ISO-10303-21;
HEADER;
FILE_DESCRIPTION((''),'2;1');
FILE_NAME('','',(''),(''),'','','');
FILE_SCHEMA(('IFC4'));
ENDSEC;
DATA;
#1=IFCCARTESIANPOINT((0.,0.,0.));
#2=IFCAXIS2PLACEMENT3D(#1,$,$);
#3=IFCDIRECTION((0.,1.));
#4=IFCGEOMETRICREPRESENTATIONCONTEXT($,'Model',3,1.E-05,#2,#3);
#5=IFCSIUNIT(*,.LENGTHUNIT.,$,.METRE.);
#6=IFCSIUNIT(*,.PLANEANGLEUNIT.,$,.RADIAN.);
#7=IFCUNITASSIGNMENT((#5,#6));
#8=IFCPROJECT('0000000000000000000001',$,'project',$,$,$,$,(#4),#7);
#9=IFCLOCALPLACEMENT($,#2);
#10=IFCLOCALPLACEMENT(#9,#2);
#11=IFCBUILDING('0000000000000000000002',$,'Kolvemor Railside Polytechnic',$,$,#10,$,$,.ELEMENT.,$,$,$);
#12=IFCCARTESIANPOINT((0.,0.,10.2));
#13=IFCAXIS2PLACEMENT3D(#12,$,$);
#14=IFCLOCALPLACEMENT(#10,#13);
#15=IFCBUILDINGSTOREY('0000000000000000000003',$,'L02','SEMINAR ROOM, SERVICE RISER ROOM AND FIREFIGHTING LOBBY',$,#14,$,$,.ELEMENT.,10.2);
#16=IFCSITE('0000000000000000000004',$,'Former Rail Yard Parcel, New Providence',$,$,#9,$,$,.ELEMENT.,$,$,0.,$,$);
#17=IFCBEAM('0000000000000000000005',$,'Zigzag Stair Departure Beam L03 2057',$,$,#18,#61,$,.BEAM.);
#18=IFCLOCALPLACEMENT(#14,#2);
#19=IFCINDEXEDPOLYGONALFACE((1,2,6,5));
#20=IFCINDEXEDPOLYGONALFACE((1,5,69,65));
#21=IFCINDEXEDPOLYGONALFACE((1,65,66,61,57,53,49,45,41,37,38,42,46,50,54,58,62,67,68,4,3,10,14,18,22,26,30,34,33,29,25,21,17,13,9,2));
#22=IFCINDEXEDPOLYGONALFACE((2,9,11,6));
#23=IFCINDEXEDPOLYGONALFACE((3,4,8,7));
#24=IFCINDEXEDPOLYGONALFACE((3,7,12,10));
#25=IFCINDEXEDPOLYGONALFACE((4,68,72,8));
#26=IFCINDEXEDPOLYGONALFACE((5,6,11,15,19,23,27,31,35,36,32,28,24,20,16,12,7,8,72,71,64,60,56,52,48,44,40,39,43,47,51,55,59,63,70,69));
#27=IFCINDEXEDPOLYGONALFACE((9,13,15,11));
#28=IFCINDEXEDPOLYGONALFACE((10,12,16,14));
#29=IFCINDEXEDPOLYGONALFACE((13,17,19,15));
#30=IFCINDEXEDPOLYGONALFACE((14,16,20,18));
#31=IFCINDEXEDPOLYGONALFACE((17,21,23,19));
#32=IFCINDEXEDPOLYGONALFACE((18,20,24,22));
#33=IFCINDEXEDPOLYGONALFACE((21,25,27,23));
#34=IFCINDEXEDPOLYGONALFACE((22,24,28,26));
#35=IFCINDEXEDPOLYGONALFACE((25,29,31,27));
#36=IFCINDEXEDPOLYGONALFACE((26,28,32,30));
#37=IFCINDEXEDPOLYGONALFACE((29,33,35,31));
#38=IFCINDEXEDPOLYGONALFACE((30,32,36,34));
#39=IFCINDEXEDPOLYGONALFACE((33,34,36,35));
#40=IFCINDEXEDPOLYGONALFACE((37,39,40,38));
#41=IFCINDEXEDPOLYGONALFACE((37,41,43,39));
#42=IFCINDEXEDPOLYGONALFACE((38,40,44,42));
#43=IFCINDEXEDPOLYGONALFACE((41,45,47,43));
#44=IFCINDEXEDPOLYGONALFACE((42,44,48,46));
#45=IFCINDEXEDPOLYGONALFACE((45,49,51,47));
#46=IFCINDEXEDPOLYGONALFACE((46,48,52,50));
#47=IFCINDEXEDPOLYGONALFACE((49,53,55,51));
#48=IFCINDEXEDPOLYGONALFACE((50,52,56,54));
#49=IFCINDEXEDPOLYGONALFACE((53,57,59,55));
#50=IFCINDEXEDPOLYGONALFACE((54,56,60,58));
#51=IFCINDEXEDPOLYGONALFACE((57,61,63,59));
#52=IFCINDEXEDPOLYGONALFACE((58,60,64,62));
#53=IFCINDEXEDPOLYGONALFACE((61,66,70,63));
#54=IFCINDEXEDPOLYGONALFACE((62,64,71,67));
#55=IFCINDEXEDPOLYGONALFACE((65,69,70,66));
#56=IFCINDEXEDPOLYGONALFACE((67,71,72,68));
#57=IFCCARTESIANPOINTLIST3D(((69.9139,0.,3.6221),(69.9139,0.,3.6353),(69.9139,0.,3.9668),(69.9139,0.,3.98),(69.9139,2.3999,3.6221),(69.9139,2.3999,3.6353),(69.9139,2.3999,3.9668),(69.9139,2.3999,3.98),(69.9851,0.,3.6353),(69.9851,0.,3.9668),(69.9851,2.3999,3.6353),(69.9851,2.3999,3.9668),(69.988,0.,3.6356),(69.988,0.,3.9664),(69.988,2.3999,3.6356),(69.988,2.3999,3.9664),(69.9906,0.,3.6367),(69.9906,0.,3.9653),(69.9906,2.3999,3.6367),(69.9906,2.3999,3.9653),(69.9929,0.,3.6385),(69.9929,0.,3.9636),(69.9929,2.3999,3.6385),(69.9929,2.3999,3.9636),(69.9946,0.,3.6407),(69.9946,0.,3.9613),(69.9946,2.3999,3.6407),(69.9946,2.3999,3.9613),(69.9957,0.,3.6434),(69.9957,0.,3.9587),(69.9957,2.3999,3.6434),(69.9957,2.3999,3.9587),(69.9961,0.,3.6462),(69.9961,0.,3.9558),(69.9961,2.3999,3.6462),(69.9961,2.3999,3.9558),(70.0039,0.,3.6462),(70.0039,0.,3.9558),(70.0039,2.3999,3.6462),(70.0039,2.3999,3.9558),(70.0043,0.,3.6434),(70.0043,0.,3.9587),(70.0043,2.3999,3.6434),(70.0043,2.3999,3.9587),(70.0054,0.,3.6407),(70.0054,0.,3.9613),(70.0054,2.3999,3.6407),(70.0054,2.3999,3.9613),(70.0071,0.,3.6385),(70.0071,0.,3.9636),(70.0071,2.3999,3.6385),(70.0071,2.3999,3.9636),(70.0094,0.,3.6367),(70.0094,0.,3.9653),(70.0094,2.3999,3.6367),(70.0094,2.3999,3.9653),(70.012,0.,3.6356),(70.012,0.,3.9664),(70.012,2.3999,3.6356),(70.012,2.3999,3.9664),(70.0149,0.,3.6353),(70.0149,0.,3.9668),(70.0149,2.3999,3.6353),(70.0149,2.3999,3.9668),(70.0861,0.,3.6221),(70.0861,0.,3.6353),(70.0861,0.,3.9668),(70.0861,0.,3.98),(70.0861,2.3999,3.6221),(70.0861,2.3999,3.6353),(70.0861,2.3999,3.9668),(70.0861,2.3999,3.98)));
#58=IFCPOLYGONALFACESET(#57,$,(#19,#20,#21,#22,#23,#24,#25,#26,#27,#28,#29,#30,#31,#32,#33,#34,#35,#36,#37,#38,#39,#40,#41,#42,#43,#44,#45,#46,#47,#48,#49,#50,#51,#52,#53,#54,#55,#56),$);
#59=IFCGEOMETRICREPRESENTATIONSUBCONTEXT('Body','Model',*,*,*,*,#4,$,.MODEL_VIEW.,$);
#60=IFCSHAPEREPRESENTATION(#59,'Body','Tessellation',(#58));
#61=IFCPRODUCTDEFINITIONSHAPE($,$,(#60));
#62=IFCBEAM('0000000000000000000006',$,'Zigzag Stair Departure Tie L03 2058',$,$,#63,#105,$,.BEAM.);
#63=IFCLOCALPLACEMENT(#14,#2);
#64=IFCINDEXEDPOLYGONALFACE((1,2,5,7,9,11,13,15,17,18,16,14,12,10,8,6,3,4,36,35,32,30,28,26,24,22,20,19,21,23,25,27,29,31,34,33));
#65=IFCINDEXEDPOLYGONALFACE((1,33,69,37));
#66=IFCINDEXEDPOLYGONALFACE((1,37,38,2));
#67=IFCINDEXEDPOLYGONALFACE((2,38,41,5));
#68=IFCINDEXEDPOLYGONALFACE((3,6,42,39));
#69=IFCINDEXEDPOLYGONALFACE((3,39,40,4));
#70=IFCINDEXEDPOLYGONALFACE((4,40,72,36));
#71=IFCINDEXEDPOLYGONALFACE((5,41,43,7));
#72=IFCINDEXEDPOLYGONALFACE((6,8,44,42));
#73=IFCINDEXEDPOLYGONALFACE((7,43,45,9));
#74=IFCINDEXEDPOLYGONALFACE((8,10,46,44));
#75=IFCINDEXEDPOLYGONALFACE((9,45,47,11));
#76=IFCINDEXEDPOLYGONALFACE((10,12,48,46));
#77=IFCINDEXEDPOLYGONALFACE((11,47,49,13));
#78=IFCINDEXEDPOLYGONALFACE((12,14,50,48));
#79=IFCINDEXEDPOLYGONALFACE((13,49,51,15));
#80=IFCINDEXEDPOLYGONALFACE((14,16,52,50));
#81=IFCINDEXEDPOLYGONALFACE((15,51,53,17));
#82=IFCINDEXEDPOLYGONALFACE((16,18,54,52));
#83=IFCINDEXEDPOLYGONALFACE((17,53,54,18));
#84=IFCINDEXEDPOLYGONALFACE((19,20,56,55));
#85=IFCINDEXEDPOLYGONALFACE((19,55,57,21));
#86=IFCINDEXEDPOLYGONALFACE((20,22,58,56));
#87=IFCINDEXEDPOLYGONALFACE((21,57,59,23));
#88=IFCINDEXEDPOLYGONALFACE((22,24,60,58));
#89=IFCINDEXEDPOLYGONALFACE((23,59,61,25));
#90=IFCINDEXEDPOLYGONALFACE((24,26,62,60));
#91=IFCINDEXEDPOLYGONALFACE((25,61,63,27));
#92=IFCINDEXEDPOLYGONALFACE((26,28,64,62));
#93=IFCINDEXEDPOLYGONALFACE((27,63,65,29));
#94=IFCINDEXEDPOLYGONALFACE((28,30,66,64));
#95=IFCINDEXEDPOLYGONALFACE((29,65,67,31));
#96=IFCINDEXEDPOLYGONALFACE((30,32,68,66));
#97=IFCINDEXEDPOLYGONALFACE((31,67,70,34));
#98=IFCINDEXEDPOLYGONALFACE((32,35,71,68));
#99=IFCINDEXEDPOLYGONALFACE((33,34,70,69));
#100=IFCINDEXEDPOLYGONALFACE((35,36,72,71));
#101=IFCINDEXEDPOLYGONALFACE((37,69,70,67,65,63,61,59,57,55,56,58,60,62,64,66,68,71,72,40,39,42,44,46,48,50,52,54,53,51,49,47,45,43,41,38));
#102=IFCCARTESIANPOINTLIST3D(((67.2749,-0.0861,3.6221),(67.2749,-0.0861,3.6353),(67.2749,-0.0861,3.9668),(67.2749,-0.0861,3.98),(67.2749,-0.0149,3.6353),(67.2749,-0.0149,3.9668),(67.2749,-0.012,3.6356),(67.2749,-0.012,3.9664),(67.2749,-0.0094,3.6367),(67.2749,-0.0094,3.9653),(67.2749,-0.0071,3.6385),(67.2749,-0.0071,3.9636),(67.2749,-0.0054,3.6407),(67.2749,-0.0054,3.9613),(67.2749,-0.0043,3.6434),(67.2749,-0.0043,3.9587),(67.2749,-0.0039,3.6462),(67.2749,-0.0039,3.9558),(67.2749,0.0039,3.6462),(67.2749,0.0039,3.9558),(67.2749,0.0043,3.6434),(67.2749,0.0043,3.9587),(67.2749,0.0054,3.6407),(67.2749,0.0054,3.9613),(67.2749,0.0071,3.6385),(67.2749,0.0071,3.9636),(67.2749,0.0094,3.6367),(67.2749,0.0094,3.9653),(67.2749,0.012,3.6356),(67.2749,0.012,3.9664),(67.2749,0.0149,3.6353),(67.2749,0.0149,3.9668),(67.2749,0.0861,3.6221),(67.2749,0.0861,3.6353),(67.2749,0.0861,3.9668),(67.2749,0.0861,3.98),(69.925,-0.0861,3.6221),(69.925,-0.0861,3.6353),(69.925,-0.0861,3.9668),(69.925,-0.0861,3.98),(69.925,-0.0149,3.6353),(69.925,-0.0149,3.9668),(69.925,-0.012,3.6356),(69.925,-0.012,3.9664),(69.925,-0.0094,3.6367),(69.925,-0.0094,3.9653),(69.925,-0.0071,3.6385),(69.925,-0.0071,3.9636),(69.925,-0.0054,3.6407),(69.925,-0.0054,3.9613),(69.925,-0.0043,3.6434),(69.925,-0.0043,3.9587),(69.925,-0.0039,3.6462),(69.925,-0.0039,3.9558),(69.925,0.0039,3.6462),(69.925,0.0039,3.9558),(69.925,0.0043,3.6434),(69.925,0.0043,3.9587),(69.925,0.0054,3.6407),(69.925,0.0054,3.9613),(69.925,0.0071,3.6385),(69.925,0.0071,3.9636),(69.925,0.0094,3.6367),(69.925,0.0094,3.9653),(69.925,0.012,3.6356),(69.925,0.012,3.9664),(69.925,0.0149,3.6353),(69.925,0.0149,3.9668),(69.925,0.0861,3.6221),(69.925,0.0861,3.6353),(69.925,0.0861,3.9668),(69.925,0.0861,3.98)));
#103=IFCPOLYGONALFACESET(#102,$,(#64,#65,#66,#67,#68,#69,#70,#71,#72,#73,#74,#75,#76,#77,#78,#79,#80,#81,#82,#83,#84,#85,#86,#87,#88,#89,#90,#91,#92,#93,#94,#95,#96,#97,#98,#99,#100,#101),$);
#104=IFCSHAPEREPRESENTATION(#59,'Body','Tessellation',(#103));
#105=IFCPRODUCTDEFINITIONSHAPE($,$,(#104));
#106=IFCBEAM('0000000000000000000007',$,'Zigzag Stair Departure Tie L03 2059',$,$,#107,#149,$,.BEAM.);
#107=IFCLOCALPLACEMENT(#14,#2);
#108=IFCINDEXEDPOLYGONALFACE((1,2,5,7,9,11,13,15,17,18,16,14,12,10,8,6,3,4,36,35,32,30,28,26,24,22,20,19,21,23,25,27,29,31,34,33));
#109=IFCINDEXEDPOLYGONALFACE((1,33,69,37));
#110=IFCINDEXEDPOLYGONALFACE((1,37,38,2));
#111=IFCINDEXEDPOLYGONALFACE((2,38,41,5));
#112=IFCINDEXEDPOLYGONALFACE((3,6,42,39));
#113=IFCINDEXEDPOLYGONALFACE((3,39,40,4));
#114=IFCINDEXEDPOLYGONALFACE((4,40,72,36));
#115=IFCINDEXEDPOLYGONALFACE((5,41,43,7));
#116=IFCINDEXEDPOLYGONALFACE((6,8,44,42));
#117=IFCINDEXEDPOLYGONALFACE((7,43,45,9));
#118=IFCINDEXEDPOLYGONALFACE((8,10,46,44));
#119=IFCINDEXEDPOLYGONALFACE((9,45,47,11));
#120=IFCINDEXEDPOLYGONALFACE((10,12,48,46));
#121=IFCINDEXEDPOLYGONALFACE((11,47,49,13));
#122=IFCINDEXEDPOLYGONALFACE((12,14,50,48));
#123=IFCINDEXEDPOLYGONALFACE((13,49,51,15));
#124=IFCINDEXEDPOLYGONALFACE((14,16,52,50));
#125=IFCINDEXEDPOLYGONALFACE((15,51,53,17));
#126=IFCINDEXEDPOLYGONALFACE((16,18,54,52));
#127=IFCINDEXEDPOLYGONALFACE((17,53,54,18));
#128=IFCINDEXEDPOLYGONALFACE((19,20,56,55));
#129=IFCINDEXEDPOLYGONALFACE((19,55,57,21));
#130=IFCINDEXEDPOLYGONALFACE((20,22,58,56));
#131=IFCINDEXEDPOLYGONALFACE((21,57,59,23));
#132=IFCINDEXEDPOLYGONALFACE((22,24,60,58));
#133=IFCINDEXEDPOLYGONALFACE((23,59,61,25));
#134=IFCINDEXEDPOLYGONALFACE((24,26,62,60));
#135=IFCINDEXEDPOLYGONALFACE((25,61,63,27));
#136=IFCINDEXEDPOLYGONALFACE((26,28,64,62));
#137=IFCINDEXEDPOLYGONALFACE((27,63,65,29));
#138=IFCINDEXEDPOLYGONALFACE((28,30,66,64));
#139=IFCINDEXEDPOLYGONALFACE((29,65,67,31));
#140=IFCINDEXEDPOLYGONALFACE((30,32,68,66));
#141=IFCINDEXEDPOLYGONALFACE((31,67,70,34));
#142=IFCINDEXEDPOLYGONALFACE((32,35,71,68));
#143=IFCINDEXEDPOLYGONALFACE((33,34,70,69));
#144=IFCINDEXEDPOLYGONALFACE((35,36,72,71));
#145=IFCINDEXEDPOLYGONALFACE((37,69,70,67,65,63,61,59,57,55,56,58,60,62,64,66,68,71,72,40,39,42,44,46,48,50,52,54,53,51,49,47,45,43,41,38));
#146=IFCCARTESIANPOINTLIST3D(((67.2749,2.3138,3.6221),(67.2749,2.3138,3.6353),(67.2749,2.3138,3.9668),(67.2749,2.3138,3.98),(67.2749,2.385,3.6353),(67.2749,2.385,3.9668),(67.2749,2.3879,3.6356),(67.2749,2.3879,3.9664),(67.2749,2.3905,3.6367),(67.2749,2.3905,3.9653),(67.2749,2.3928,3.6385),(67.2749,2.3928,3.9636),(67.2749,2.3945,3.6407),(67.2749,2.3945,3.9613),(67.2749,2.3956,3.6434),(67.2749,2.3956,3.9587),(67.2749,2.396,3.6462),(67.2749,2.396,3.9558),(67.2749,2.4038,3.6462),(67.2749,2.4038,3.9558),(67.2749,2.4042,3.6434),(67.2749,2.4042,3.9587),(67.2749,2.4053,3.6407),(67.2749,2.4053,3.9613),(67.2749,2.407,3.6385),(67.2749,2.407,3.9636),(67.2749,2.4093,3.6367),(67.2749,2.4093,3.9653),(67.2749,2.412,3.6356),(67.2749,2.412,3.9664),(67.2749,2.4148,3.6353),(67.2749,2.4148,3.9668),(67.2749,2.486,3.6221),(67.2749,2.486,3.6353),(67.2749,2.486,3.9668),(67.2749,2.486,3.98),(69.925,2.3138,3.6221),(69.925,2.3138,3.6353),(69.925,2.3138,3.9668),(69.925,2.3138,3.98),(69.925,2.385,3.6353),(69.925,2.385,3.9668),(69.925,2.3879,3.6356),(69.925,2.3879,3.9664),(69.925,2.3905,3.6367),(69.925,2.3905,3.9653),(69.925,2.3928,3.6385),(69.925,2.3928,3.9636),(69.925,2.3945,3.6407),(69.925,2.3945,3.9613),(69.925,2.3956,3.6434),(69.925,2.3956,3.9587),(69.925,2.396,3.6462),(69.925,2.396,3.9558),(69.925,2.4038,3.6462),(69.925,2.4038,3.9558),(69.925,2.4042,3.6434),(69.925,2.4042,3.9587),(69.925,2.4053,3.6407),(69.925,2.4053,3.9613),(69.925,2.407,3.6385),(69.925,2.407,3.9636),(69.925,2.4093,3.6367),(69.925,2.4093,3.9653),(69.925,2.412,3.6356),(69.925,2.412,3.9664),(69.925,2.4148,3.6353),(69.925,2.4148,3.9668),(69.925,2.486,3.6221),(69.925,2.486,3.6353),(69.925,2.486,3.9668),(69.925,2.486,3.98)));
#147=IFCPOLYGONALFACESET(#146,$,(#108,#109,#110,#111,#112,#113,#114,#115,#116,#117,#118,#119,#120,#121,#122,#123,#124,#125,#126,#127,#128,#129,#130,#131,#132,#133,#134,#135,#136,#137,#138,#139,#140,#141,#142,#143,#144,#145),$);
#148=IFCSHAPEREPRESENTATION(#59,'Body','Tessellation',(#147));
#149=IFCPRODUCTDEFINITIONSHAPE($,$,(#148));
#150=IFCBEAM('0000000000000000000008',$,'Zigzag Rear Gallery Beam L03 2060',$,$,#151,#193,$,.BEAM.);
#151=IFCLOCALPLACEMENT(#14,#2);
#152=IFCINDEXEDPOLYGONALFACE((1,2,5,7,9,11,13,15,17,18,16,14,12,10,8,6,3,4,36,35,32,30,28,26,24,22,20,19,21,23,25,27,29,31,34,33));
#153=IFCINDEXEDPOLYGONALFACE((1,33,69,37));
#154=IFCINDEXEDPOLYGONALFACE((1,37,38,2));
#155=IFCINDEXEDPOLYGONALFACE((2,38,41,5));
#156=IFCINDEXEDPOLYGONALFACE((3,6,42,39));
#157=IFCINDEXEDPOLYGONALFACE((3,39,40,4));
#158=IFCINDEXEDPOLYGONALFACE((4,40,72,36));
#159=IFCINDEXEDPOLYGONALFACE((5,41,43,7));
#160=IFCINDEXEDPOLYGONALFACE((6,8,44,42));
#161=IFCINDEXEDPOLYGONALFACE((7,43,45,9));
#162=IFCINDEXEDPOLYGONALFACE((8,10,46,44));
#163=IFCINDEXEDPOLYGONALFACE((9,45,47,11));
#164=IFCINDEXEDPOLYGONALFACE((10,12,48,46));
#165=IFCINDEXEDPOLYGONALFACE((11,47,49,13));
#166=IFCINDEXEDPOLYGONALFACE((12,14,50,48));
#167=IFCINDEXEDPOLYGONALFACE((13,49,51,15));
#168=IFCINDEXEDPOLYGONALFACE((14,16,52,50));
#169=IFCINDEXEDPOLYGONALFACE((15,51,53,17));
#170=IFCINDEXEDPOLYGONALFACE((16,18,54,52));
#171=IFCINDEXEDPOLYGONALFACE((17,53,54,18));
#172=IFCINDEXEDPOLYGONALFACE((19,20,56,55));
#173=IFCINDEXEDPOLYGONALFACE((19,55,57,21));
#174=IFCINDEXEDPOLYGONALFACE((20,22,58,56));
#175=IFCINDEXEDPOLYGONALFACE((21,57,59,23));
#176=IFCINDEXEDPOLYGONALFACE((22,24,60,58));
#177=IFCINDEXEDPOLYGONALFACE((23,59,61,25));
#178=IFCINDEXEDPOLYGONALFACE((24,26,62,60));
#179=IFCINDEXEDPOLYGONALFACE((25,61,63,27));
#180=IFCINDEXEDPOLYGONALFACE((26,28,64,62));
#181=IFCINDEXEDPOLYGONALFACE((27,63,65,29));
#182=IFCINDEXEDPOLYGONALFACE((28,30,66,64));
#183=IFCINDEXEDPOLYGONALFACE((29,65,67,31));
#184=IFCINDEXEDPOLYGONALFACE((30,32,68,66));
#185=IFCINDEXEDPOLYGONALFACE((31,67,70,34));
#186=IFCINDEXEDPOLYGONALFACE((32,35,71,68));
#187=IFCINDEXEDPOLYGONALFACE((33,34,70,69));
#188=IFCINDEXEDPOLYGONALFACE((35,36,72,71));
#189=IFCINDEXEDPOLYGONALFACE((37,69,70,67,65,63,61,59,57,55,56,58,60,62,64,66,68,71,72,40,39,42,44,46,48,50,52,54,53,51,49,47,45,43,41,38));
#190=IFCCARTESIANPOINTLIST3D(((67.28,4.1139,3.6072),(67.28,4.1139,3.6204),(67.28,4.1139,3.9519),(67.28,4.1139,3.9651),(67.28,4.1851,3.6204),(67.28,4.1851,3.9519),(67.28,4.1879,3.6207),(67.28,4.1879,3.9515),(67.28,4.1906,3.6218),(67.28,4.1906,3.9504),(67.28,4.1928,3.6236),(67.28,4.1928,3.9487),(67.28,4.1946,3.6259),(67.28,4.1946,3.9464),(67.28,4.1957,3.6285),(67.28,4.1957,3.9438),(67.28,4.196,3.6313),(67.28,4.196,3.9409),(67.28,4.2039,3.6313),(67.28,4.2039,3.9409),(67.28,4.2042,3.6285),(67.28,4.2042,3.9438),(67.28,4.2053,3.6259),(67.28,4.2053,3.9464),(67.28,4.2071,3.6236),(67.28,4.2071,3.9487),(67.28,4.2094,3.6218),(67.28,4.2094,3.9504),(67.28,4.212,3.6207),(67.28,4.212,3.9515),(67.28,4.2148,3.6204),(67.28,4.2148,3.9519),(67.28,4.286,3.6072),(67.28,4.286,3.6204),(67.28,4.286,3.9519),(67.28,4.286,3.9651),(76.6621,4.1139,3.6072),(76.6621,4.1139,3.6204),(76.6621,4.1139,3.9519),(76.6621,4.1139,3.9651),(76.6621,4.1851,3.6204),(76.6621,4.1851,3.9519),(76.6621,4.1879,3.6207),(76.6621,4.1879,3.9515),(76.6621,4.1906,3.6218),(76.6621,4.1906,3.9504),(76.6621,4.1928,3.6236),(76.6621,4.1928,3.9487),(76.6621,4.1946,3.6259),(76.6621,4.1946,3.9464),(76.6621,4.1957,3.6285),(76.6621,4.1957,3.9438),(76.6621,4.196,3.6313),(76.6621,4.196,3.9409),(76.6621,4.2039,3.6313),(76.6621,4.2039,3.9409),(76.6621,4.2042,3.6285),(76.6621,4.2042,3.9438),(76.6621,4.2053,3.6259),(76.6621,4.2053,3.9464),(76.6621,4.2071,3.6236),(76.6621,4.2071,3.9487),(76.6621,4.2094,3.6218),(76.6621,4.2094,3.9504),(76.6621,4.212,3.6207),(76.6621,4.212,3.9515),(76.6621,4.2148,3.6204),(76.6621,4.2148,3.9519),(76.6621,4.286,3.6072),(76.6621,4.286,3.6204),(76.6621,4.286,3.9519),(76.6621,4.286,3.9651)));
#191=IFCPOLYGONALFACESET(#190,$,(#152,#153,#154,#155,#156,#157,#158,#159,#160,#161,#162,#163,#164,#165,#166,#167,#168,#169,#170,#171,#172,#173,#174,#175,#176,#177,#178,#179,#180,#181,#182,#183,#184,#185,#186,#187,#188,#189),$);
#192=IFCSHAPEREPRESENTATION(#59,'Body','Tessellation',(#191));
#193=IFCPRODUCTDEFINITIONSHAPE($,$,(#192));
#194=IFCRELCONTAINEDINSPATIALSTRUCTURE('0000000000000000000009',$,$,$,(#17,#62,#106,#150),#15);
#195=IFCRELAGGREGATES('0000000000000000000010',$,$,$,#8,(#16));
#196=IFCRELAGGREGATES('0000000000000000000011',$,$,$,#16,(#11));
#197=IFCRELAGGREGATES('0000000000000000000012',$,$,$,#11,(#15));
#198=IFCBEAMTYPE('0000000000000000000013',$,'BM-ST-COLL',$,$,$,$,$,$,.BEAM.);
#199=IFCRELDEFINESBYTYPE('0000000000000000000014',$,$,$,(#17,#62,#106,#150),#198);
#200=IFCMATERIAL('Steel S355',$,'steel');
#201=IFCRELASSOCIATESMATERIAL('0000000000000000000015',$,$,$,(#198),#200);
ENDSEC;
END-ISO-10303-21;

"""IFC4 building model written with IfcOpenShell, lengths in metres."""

from ifc_helpers import new_model, si_unit, direction, frame, origin, origin_2d, place, context, subcontext, project, spatial, i_section, extrude, material, material_profile, profile_set, type_object, element, save


model = new_model("IFC4")

# Units and contexts
model_context = context("Model", 3, precision=1e-05, world=origin(), true_north=direction((0.0, 1.0)))
body_context = subcontext(model_context, "Body", "Model", "MODEL_VIEW")
ifc_project = project(units=[si_unit("LENGTHUNIT", "METRE"), si_unit("PLANEANGLEUNIT", "RADIAN")], contexts=[model_context])

# Site, building, storey
site_placement = place(None, origin())
site = spatial("IfcSite", under=ifc_project, at=site_placement, Name="Former Rail Yard Parcel, New Providence", CompositionType="ELEMENT", RefElevation=0.0)
building_placement = place(site_placement, origin())
building = spatial("IfcBuilding", under=site, at=building_placement, Name="Kolvemor Railside Polytechnic", CompositionType="ELEMENT")
storey_placement = place(building_placement, frame((0.0, 0.0, 10.2)))
storey = spatial("IfcBuildingStorey", under=building, at=storey_placement, Name="L02", Description="SEMINAR ROOM, SERVICE RISER ROOM AND FIREFIGHTING LOBBY", CompositionType="ELEMENT", Elevation=10.2)

# Beams
ifc_material_1 = material(Name="Steel S355", Category="steel")
ifc_material_profile_1 = material_profile(ifc_material_1, i_section(OverallWidth=0.1721, OverallDepth=0.3579, WebThickness=0.0078, FlangeThickness=0.0132, FilletRadius=0.011, at=origin_2d()), Name="W360x57")
ifc_profile_set_1 = profile_set([ifc_material_profile_1], Name="Steel S355")
beam_type_1 = type_object("IfcBeamType", Name="BM-ST-COLL", PredefinedType="BEAM", material=ifc_profile_set_1)
beam_1_placement = place(storey_placement, frame((70.0, 0.0, 3.801), z_axis=(0.0, 1.0, 0.0), x_axis=(-1.0, 0.0, 0.0)))
element("IfcBeam", 1, at=beam_1_placement, inside=storey, type_object=beam_type_1, Name="Zigzag Stair Departure Beam L03 2057", PredefinedType="BEAM", context=body_context, shape_type="SweptSolid", body=[
    extrude(i_section(OverallWidth=0.1721, OverallDepth=0.3579, WebThickness=0.0078, FlangeThickness=0.0132, FilletRadius=0.011, at=origin_2d()), origin(), (0.0, 0.0, 1.0), 2.3999),
])
for number, where, z_axis, x_axis, name in (
    (2, (67.2749, 0.0, 3.801), (1.0, 0.0, 0.0), (0.0, 1.0, 0.0), "Zigzag Stair Departure Tie L03 2058"),
    (3, (67.2749, 2.3999, 3.801), (1.0, 0.0, 0.0), (0.0, 1.0, 0.0), "Zigzag Stair Departure Tie L03 2059"),
):
    element("IfcBeam", number, at=place(storey_placement, frame(where, z_axis=z_axis, x_axis=x_axis)), inside=storey, type_object=beam_type_1, Name=name, PredefinedType="BEAM", context=body_context, shape_type="SweptSolid", body=[
        extrude(i_section(OverallWidth=0.1721, OverallDepth=0.3579, WebThickness=0.0078, FlangeThickness=0.0132, FilletRadius=0.011, at=origin_2d()), origin(), (0.0, 0.0, 1.0), 2.6501),
    ])
beam_2_placement = place(storey_placement, frame((67.28, 4.2, 3.7861), z_axis=(1.0, 0.0, 0.0), x_axis=(0.0, 1.0, 0.0)))
element("IfcBeam", 4, at=beam_2_placement, inside=storey, type_object=beam_type_1, Name="Zigzag Rear Gallery Beam L03 2060", PredefinedType="BEAM", context=body_context, shape_type="SweptSolid", body=[
    extrude(i_section(OverallWidth=0.1721, OverallDepth=0.3579, WebThickness=0.0078, FlangeThickness=0.0132, FilletRadius=0.011, at=origin_2d()), origin(), (0.0, 0.0, 1.0), 9.3821),
])

save(model, "model.ifc")
